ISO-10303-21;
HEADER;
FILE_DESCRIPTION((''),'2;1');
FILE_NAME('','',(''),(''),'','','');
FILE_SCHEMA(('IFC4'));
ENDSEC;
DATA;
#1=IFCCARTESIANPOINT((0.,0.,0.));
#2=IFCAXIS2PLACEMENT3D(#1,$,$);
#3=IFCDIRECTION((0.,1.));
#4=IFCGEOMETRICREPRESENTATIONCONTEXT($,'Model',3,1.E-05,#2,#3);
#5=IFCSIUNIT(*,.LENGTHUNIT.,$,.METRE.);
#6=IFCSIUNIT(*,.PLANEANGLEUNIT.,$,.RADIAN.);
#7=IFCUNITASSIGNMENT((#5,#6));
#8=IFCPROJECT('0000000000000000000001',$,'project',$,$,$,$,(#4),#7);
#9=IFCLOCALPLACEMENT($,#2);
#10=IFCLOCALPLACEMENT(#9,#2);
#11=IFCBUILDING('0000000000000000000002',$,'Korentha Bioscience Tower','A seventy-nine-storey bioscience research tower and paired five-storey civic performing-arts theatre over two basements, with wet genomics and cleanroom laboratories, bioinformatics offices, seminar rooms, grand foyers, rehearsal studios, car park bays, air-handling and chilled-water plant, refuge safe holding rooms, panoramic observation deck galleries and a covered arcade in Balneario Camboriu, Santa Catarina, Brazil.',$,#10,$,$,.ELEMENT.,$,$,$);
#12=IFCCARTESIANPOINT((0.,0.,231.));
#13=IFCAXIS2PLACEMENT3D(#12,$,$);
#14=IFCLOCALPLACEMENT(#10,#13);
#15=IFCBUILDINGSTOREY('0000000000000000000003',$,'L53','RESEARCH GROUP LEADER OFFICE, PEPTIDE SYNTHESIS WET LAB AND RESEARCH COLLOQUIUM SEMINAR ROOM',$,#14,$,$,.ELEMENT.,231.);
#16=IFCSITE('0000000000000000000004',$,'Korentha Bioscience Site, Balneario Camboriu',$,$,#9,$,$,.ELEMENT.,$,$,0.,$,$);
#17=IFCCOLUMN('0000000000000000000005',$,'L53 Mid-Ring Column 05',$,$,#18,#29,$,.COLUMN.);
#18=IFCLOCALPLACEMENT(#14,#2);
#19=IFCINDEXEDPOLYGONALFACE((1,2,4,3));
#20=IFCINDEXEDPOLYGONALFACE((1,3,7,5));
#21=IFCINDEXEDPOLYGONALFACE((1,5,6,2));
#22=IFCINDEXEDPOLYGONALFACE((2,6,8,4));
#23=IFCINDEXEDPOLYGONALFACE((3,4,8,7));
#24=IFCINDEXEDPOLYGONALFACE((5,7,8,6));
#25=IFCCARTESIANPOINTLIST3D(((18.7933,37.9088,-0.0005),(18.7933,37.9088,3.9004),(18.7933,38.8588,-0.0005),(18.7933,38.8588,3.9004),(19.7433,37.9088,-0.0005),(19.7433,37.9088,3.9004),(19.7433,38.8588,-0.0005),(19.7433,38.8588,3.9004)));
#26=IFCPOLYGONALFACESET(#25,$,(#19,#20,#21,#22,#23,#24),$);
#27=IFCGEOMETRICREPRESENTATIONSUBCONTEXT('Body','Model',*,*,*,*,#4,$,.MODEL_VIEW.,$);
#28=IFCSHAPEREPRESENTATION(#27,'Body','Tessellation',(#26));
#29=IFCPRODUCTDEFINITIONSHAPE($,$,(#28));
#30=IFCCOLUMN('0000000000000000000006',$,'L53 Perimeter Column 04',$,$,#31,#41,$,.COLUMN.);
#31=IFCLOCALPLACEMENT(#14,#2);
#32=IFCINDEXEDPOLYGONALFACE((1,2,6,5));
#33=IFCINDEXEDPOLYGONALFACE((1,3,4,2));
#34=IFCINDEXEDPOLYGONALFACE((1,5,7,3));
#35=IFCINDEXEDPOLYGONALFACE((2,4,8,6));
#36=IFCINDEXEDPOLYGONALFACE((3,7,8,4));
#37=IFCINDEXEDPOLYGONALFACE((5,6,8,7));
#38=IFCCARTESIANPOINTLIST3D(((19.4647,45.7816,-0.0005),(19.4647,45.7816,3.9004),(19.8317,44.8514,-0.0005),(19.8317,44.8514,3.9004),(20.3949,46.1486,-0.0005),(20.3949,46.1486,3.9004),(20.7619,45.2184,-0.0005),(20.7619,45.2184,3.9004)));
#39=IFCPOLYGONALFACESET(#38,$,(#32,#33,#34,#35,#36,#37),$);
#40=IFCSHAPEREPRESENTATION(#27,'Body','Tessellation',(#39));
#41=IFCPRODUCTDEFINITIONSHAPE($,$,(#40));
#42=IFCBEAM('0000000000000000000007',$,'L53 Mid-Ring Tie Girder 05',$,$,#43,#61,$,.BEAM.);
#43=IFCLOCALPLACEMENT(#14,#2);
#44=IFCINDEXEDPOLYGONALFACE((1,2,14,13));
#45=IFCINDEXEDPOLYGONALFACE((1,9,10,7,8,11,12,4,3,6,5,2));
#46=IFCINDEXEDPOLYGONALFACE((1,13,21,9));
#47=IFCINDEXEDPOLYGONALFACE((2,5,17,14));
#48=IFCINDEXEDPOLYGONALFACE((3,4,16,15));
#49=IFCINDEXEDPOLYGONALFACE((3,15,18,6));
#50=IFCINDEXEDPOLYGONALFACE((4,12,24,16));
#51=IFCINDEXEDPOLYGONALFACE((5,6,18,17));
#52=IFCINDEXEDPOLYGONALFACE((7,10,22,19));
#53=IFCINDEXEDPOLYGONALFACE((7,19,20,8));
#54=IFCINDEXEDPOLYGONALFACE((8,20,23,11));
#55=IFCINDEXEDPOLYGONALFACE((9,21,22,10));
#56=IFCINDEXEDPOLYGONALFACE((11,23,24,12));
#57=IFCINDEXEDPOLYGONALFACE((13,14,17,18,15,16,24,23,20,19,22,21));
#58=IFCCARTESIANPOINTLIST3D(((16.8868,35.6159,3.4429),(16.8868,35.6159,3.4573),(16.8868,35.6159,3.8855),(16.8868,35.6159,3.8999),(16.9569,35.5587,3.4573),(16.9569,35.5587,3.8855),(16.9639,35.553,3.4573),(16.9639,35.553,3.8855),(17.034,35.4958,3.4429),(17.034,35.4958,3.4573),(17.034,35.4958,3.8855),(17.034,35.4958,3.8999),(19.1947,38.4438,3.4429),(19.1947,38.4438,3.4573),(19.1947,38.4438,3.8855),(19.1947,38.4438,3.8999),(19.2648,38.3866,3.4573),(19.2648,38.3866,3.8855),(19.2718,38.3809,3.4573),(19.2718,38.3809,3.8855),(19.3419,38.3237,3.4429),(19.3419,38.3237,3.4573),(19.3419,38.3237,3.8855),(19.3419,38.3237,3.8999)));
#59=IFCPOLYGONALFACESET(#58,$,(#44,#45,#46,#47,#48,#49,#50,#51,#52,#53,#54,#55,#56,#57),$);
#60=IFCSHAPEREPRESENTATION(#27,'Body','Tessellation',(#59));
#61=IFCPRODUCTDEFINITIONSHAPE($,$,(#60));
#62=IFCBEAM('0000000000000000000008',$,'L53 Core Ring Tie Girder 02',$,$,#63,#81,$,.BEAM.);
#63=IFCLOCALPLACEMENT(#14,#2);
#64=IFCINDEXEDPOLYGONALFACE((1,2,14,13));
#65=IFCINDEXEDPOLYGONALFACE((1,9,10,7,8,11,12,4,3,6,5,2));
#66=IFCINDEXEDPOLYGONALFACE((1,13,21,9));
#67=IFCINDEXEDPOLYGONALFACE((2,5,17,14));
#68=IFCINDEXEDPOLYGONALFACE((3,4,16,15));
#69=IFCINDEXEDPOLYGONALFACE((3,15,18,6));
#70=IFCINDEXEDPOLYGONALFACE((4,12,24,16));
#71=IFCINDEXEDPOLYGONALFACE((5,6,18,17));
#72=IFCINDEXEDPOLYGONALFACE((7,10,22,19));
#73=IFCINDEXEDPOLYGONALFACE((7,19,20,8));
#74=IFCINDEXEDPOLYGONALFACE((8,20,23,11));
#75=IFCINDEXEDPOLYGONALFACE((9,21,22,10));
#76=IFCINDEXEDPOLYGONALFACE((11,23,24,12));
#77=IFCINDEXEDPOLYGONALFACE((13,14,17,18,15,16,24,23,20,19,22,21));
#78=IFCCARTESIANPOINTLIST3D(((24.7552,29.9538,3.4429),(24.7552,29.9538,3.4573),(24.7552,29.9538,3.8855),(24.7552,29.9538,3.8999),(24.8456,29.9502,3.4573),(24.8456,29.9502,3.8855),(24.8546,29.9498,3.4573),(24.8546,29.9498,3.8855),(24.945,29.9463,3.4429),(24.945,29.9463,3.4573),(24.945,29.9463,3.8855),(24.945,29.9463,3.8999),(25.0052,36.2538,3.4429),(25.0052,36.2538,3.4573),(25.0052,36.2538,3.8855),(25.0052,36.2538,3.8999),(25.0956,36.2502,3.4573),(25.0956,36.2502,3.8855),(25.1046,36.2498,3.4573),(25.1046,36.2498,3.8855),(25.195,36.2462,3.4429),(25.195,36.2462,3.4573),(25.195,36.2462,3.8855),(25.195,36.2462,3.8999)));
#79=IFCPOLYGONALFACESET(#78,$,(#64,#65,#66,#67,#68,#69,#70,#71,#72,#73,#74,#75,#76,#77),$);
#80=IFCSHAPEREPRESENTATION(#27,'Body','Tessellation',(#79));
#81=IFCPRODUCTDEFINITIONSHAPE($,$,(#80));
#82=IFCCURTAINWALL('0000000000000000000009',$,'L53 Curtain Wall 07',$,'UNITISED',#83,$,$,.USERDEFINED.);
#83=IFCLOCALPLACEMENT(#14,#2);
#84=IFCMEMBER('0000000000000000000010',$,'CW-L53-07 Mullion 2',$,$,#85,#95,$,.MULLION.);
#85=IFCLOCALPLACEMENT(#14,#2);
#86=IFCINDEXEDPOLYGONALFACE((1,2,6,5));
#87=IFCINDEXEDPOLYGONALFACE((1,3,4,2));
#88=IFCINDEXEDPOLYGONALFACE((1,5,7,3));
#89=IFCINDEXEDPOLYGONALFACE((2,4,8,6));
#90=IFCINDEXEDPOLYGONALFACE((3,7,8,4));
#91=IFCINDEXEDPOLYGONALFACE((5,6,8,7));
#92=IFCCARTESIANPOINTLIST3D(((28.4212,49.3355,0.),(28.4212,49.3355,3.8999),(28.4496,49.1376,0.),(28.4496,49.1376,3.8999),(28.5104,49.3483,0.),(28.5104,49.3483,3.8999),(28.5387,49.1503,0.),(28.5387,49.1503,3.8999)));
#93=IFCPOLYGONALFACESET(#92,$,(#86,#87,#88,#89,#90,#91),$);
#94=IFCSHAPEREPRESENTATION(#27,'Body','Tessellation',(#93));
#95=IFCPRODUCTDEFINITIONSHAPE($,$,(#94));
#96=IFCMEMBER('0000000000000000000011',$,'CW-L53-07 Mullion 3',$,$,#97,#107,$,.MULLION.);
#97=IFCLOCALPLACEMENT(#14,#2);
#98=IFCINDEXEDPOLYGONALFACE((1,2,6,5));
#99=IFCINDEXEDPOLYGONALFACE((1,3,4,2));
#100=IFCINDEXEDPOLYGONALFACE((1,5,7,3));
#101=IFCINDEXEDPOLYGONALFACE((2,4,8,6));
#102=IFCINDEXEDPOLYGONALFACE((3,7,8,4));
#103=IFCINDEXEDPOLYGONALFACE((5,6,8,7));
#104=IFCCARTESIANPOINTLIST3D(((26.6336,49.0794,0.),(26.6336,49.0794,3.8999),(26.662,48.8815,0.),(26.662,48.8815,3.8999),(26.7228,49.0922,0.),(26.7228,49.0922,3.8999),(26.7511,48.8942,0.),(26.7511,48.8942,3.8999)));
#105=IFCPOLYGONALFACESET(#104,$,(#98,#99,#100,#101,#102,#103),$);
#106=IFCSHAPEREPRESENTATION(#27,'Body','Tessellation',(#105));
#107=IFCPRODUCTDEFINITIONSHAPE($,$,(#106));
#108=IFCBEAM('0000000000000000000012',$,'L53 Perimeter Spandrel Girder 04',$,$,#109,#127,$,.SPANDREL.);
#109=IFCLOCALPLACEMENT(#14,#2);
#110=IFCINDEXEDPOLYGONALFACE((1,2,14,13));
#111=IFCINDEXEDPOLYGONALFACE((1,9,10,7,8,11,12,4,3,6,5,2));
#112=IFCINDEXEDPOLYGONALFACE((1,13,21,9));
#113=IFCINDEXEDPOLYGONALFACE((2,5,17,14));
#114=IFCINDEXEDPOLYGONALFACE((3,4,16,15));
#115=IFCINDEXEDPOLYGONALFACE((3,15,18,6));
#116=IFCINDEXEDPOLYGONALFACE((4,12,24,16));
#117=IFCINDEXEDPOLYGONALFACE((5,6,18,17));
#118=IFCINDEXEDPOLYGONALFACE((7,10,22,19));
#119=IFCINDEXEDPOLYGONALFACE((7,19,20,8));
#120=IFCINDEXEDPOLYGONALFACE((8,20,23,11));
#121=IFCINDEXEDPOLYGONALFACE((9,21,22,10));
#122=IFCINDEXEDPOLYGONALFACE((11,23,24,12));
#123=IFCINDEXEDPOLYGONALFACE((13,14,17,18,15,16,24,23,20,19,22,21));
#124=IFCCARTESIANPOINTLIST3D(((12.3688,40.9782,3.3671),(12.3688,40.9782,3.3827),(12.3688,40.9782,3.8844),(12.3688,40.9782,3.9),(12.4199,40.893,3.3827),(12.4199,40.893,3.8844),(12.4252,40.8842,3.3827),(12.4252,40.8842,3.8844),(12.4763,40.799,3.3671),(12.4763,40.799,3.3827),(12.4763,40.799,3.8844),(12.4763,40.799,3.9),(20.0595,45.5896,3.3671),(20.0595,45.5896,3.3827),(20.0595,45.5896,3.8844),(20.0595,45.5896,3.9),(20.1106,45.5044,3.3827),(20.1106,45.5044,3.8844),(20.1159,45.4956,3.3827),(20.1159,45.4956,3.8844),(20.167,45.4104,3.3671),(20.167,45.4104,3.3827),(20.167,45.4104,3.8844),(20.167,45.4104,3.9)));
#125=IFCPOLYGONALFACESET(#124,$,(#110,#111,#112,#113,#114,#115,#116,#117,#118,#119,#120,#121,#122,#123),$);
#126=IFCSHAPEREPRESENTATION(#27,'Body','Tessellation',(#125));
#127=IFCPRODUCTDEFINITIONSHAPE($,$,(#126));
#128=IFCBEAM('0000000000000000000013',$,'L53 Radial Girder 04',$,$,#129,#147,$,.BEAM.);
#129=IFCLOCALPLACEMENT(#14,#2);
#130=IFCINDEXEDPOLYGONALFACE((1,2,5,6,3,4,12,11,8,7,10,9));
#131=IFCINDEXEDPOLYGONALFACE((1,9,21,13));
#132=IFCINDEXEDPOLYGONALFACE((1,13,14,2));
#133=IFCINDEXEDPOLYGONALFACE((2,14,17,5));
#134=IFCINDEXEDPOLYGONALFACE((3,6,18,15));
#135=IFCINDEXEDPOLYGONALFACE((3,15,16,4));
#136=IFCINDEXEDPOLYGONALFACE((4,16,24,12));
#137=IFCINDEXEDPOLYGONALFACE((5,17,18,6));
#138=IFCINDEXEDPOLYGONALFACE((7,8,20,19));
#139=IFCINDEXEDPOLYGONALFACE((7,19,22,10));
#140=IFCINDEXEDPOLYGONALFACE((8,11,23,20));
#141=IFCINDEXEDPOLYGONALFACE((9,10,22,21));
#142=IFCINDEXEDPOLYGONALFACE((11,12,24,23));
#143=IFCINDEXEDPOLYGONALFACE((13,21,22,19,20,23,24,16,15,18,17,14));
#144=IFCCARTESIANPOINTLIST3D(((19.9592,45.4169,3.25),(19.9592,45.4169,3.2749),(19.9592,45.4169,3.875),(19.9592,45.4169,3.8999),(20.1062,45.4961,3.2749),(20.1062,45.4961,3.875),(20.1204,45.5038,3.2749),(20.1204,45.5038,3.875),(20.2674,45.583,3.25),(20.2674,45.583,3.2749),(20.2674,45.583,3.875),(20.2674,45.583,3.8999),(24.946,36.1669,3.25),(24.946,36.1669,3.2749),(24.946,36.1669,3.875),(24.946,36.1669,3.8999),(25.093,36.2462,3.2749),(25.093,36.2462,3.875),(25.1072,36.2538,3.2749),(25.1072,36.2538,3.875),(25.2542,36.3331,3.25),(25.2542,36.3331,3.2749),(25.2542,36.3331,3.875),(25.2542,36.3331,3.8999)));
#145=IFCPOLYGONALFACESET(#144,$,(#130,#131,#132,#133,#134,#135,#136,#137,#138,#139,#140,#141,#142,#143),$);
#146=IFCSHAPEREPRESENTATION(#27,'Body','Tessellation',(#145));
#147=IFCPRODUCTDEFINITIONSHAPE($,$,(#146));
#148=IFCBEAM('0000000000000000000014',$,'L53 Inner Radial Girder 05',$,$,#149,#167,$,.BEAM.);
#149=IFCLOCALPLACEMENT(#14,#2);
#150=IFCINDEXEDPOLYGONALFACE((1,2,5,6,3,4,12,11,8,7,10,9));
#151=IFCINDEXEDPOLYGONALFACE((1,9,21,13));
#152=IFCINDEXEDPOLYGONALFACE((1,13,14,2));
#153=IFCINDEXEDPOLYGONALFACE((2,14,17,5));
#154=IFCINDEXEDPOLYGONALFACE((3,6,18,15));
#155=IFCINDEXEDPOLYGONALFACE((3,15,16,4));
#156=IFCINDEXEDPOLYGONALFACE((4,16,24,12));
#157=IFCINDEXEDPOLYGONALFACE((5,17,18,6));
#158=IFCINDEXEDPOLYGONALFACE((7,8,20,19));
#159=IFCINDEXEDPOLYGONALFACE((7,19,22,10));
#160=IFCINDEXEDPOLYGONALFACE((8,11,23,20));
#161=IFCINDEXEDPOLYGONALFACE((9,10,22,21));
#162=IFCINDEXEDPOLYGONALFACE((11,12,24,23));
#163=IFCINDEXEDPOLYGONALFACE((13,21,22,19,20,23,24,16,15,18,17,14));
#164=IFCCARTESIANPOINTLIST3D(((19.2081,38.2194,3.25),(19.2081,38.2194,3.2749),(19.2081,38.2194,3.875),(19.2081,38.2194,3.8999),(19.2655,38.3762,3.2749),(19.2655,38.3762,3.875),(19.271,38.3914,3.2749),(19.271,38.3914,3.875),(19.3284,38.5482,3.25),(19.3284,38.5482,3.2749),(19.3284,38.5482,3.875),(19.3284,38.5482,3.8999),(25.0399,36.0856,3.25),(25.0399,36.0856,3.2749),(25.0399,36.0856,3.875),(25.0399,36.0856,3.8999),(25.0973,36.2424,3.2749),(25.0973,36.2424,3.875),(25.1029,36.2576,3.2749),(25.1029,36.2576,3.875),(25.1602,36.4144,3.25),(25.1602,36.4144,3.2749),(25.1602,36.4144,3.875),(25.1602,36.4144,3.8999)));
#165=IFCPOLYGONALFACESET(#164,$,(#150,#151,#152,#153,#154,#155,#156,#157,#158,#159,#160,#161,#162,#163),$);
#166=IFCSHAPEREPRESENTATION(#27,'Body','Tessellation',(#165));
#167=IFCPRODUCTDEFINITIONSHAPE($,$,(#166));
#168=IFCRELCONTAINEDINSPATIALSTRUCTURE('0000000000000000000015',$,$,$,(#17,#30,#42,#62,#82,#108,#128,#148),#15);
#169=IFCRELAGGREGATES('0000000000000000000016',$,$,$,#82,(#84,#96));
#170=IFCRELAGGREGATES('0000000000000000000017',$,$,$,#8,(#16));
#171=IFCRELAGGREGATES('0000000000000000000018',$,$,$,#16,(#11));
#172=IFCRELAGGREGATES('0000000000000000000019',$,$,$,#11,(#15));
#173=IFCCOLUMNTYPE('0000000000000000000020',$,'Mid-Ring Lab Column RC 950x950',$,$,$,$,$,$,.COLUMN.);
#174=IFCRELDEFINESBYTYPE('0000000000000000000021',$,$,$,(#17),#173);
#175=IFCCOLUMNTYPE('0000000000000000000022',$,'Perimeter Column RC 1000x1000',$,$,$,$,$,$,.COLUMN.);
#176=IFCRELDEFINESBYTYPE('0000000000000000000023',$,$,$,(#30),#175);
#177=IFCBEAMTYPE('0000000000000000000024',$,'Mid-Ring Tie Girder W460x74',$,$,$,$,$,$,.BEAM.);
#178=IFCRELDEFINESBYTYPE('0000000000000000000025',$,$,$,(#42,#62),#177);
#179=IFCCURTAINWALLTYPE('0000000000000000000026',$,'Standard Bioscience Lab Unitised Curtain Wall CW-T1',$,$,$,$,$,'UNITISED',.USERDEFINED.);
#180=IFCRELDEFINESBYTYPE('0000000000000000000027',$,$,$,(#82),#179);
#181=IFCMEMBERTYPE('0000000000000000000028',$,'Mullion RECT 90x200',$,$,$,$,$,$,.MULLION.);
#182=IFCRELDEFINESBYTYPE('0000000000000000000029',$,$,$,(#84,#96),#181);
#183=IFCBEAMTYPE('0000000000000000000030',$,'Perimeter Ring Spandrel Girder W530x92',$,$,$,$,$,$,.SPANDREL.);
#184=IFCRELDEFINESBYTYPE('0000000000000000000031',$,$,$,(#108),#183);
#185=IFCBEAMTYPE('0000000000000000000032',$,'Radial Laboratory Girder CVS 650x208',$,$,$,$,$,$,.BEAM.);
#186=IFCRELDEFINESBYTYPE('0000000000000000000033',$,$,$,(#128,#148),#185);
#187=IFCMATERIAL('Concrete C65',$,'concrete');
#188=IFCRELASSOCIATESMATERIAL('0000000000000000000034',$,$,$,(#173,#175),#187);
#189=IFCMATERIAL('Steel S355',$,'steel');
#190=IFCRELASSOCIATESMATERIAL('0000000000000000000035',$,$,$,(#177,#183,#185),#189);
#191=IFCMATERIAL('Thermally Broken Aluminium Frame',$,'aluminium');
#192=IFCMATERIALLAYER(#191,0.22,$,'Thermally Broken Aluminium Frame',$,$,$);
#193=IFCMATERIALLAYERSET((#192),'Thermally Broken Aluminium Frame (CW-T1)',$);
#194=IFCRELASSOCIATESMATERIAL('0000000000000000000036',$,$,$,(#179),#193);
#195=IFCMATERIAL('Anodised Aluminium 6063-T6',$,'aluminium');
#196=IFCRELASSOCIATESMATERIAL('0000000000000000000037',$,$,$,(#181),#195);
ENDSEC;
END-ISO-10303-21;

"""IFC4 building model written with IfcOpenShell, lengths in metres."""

from ifc_helpers import new_model, si_unit, direction, frame, origin, origin_2d, place, context, subcontext, project, spatial, rectangle, i_section, extrude, material, layer, layer_set, material_profile, profile_set, type_object, element, aggregate, save


model = new_model("IFC4")

# Units and contexts
model_context = context("Model", 3, precision=1e-05, world=origin(), true_north=direction((0.0, 1.0)))
body_context = subcontext(model_context, "Body", "Model", "MODEL_VIEW")
ifc_project = project(units=[si_unit("LENGTHUNIT", "METRE"), si_unit("PLANEANGLEUNIT", "RADIAN")], contexts=[model_context])

# Site, building, storey
site_placement = place(None, origin())
site = spatial("IfcSite", under=ifc_project, at=site_placement, Name="Korentha Bioscience Site, Balneario Camboriu", CompositionType="ELEMENT", RefElevation=0.0)
building_placement = place(site_placement, origin())
building = spatial("IfcBuilding", under=site, at=building_placement, Name="Korentha Bioscience Tower", Description="A seventy-nine-storey bioscience research tower and paired five-storey civic performing-arts theatre over two basements, with wet genomics and cleanroom laboratories, bioinformatics offices, seminar rooms, grand foyers, rehearsal studios, car park bays, air-handling and chilled-water plant, refuge safe holding rooms, panoramic observation deck galleries and a covered arcade in Balneario Camboriu, Santa Catarina, Brazil.", CompositionType="ELEMENT")
storey_placement = place(building_placement, frame((0.0, 0.0, 231.0)))
storey = spatial("IfcBuildingStorey", under=building, at=storey_placement, Name="L53", Description="RESEARCH GROUP LEADER OFFICE, PEPTIDE SYNTHESIS WET LAB AND RESEARCH COLLOQUIUM SEMINAR ROOM", CompositionType="ELEMENT", Elevation=231.0)

# Columns
ifc_material_1 = material(Name="Concrete C65", Category="concrete")
ifc_material_profile_1 = material_profile(ifc_material_1, rectangle(XDim=0.95, YDim=0.95, at=origin_2d()), Name="Concrete C65")
ifc_profile_set_1 = profile_set([ifc_material_profile_1], Name="Concrete C65 (COL-MR09)")
column_type_1 = type_object("IfcColumnType", Name="Mid-Ring Lab Column RC 950x950", PredefinedType="COLUMN", material=ifc_profile_set_1)
column_1_placement = place(storey_placement, frame((19.2683, 38.3838, -0.0005), z_axis=(0.0, 0.0, 1.0), x_axis=(1.0, 0.0, 0.0)))
element("IfcColumn", 1, at=column_1_placement, inside=storey, type_object=column_type_1, Name="L53 Mid-Ring Column 05", PredefinedType="COLUMN", context=body_context, shape_type="SweptSolid", body=[
    extrude(rectangle(XDim=0.95, YDim=0.95, at=origin_2d()), origin(), (0.0, 0.0, 1.0), 3.9009),
])
ifc_material_profile_2 = material_profile(ifc_material_1, rectangle(XDim=1.0, YDim=1.0, at=origin_2d()), Name="Concrete C65")
ifc_profile_set_2 = profile_set([ifc_material_profile_2], Name="Concrete C65 (COL-P10)")
column_type_2 = type_object("IfcColumnType", Name="Perimeter Column RC 1000x1000", PredefinedType="COLUMN", material=ifc_profile_set_2)
column_2_placement = place(storey_placement, frame((20.1133, 45.5, -0.0005), z_axis=(0.0, 0.0, 1.0), x_axis=(0.930226, 0.366988, 0.0)))
element("IfcColumn", 2, at=column_2_placement, inside=storey, type_object=column_type_2, Name="L53 Perimeter Column 04", PredefinedType="COLUMN", context=body_context, shape_type="SweptSolid", body=[
    extrude(rectangle(XDim=1.0, YDim=1.0, at=origin_2d()), origin(), (0.0, 0.0, 1.0), 3.9009),
])

# Beams
ifc_material_2 = material(Name="Steel S355", Category="steel")
ifc_material_profile_3 = material_profile(ifc_material_2, i_section(OverallWidth=0.1899, OverallDepth=0.457, WebThickness=0.009, FlangeThickness=0.0144, at=origin_2d()), Name="Steel S355")
ifc_profile_set_3 = profile_set([ifc_material_profile_3], Name="Steel S355 (MB-460)")
beam_type_1 = type_object("IfcBeamType", Name="Mid-Ring Tie Girder W460x74", PredefinedType="BEAM", material=ifc_profile_set_3)
beam_1_placement = place(storey_placement, frame((19.2683, 38.3838, 3.6714), z_axis=(-0.632276, -0.774743, 0.0), x_axis=(0.774743, -0.632276, 0.0)))
element("IfcBeam", 3, at=beam_1_placement, inside=storey, type_object=beam_type_1, Name="L53 Mid-Ring Tie Girder 05", PredefinedType="BEAM", context=body_context, shape_type="SweptSolid", body=[
    extrude(i_section(OverallWidth=0.1899, OverallDepth=0.457, WebThickness=0.009, FlangeThickness=0.0144, at=origin_2d()), origin(), (0.0, 0.0, 1.0), 3.6501),
])
beam_2_placement = place(storey_placement, frame((25.1001, 36.25, 3.6714), z_axis=(-0.039651, -0.999214, 0.0), x_axis=(0.999214, -0.039651, 0.0)))
element("IfcBeam", 4, at=beam_2_placement, inside=storey, type_object=beam_type_1, Name="L53 Core Ring Tie Girder 02", PredefinedType="BEAM", context=body_context, shape_type="SweptSolid", body=[
    extrude(i_section(OverallWidth=0.1899, OverallDepth=0.457, WebThickness=0.009, FlangeThickness=0.0144, at=origin_2d()), origin(), (0.0, 0.0, 1.0), 6.3049),
])

# Curtain wall, members
ifc_material_3 = material(Name="Thermally Broken Aluminium Frame", Category="aluminium")
ifc_layer_1 = layer(ifc_material_3, 0.22, Name="Thermally Broken Aluminium Frame")
ifc_layer_set_1 = layer_set([ifc_layer_1], Name="Thermally Broken Aluminium Frame (CW-T1)")
curtain_wall_type = type_object("IfcCurtainWallType", Name="Standard Bioscience Lab Unitised Curtain Wall CW-T1", ElementType="UNITISED", PredefinedType="USERDEFINED", material=ifc_layer_set_1)
curtain_wall_placement = place(storey_placement, origin())
curtain_wall = element("IfcCurtainWall", 5, at=curtain_wall_placement, inside=storey, type_object=curtain_wall_type, Name="L53 Curtain Wall 07", ObjectType="UNITISED", PredefinedType="USERDEFINED")
ifc_material_4 = material(Name="Anodised Aluminium 6063-T6", Category="aluminium")
ifc_material_profile_4 = material_profile(ifc_material_4, rectangle(XDim=0.0901, YDim=0.2, at=origin_2d()), Name="Anodised Aluminium 6063-T6")
ifc_profile_set_4 = profile_set([ifc_material_profile_4], Name="Anodised Aluminium 6063-T6 (CW-MUL)")
member_type_1 = type_object("IfcMemberType", Name="Mullion RECT 90x200", PredefinedType="MULLION", material=ifc_profile_set_4)
member_1_placement = place(storey_placement, frame((28.48, 49.2429, 0.0), z_axis=(0.0, 0.0, 1.0), x_axis=(-0.989902, -0.141754, 0.0)))
member_1 = element("IfcMember", 6, at=member_1_placement, type_object=member_type_1, Name="CW-L53-07 Mullion 2", PredefinedType="MULLION", context=body_context, shape_type="SweptSolid", body=[
    extrude(rectangle(XDim=0.0901, YDim=0.2, at=origin_2d()), origin(), (0.0, 0.0, 1.0), 3.8999),
])
member_2_placement = place(storey_placement, frame((26.6924, 48.9868, 0.0), z_axis=(0.0, 0.0, 1.0), x_axis=(-0.989902, -0.141754, 0.0)))
member_2 = element("IfcMember", 7, at=member_2_placement, type_object=member_type_1, Name="CW-L53-07 Mullion 3", PredefinedType="MULLION", context=body_context, shape_type="SweptSolid", body=[
    extrude(rectangle(XDim=0.0901, YDim=0.2, at=origin_2d()), origin(), (0.0, 0.0, 1.0), 3.8999),
])

# Beams
ifc_material_profile_5 = material_profile(ifc_material_2, i_section(OverallWidth=0.209, OverallDepth=0.533, WebThickness=0.0103, FlangeThickness=0.0156, at=origin_2d()), Name="Steel S355")
ifc_profile_set_5 = profile_set([ifc_material_profile_5], Name="Steel S355 (SB-530)")
beam_type_2 = type_object("IfcBeamType", Name="Perimeter Ring Spandrel Girder W530x92", PredefinedType="SPANDREL", material=ifc_profile_set_5)
beam_3_placement = place(storey_placement, frame((20.1133, 45.5, 3.6335), z_axis=(-0.857644, -0.514243, 0.0), x_axis=(0.514243, -0.857644, 0.0)))
element("IfcBeam", 8, at=beam_3_placement, inside=storey, type_object=beam_type_2, Name="L53 Perimeter Spandrel Girder 04", PredefinedType="SPANDREL", context=body_context, shape_type="SweptSolid", body=[
    extrude(i_section(OverallWidth=0.209, OverallDepth=0.533, WebThickness=0.0103, FlangeThickness=0.0156, at=origin_2d()), origin(), (0.0, 0.0, 1.0), 8.9673),
])
ifc_material_profile_6 = material_profile(ifc_material_2, i_section(OverallWidth=0.3501, OverallDepth=0.6499, WebThickness=0.0161, FlangeThickness=0.0249, at=origin_2d()), Name="Steel S355")
ifc_profile_set_6 = profile_set([ifc_material_profile_6], Name="Steel S355 (RB-650)")
beam_type_3 = type_object("IfcBeamType", Name="Radial Laboratory Girder CVS 650x208", PredefinedType="BEAM", material=ifc_profile_set_6)
beam_4_placement = place(storey_placement, frame((25.1001, 36.25, 3.575), z_axis=(-0.474546, 0.880231, 0.0), x_axis=(-0.880231, -0.474546, 0.0)))
element("IfcBeam", 9, at=beam_4_placement, inside=storey, type_object=beam_type_3, Name="L53 Radial Girder 04", PredefinedType="BEAM", context=body_context, shape_type="SweptSolid", body=[
    extrude(i_section(OverallWidth=0.3501, OverallDepth=0.6499, WebThickness=0.0161, FlangeThickness=0.0249, at=origin_2d()), origin(), (0.0, 0.0, 1.0), 10.5085),
])
beam_5_placement = place(storey_placement, frame((25.1001, 36.25, 3.575), z_axis=(-0.939112, 0.343611, 0.0), x_axis=(-0.343611, -0.939112, 0.0)))
element("IfcBeam", 10, at=beam_5_placement, inside=storey, type_object=beam_type_3, Name="L53 Inner Radial Girder 05", PredefinedType="BEAM", context=body_context, shape_type="SweptSolid", body=[
    extrude(i_section(OverallWidth=0.3501, OverallDepth=0.6499, WebThickness=0.0161, FlangeThickness=0.0249, at=origin_2d()), origin(), (0.0, 0.0, 1.0), 6.21),
])

aggregate(curtain_wall, [member_1, member_2])

save(model, "model.ifc")
